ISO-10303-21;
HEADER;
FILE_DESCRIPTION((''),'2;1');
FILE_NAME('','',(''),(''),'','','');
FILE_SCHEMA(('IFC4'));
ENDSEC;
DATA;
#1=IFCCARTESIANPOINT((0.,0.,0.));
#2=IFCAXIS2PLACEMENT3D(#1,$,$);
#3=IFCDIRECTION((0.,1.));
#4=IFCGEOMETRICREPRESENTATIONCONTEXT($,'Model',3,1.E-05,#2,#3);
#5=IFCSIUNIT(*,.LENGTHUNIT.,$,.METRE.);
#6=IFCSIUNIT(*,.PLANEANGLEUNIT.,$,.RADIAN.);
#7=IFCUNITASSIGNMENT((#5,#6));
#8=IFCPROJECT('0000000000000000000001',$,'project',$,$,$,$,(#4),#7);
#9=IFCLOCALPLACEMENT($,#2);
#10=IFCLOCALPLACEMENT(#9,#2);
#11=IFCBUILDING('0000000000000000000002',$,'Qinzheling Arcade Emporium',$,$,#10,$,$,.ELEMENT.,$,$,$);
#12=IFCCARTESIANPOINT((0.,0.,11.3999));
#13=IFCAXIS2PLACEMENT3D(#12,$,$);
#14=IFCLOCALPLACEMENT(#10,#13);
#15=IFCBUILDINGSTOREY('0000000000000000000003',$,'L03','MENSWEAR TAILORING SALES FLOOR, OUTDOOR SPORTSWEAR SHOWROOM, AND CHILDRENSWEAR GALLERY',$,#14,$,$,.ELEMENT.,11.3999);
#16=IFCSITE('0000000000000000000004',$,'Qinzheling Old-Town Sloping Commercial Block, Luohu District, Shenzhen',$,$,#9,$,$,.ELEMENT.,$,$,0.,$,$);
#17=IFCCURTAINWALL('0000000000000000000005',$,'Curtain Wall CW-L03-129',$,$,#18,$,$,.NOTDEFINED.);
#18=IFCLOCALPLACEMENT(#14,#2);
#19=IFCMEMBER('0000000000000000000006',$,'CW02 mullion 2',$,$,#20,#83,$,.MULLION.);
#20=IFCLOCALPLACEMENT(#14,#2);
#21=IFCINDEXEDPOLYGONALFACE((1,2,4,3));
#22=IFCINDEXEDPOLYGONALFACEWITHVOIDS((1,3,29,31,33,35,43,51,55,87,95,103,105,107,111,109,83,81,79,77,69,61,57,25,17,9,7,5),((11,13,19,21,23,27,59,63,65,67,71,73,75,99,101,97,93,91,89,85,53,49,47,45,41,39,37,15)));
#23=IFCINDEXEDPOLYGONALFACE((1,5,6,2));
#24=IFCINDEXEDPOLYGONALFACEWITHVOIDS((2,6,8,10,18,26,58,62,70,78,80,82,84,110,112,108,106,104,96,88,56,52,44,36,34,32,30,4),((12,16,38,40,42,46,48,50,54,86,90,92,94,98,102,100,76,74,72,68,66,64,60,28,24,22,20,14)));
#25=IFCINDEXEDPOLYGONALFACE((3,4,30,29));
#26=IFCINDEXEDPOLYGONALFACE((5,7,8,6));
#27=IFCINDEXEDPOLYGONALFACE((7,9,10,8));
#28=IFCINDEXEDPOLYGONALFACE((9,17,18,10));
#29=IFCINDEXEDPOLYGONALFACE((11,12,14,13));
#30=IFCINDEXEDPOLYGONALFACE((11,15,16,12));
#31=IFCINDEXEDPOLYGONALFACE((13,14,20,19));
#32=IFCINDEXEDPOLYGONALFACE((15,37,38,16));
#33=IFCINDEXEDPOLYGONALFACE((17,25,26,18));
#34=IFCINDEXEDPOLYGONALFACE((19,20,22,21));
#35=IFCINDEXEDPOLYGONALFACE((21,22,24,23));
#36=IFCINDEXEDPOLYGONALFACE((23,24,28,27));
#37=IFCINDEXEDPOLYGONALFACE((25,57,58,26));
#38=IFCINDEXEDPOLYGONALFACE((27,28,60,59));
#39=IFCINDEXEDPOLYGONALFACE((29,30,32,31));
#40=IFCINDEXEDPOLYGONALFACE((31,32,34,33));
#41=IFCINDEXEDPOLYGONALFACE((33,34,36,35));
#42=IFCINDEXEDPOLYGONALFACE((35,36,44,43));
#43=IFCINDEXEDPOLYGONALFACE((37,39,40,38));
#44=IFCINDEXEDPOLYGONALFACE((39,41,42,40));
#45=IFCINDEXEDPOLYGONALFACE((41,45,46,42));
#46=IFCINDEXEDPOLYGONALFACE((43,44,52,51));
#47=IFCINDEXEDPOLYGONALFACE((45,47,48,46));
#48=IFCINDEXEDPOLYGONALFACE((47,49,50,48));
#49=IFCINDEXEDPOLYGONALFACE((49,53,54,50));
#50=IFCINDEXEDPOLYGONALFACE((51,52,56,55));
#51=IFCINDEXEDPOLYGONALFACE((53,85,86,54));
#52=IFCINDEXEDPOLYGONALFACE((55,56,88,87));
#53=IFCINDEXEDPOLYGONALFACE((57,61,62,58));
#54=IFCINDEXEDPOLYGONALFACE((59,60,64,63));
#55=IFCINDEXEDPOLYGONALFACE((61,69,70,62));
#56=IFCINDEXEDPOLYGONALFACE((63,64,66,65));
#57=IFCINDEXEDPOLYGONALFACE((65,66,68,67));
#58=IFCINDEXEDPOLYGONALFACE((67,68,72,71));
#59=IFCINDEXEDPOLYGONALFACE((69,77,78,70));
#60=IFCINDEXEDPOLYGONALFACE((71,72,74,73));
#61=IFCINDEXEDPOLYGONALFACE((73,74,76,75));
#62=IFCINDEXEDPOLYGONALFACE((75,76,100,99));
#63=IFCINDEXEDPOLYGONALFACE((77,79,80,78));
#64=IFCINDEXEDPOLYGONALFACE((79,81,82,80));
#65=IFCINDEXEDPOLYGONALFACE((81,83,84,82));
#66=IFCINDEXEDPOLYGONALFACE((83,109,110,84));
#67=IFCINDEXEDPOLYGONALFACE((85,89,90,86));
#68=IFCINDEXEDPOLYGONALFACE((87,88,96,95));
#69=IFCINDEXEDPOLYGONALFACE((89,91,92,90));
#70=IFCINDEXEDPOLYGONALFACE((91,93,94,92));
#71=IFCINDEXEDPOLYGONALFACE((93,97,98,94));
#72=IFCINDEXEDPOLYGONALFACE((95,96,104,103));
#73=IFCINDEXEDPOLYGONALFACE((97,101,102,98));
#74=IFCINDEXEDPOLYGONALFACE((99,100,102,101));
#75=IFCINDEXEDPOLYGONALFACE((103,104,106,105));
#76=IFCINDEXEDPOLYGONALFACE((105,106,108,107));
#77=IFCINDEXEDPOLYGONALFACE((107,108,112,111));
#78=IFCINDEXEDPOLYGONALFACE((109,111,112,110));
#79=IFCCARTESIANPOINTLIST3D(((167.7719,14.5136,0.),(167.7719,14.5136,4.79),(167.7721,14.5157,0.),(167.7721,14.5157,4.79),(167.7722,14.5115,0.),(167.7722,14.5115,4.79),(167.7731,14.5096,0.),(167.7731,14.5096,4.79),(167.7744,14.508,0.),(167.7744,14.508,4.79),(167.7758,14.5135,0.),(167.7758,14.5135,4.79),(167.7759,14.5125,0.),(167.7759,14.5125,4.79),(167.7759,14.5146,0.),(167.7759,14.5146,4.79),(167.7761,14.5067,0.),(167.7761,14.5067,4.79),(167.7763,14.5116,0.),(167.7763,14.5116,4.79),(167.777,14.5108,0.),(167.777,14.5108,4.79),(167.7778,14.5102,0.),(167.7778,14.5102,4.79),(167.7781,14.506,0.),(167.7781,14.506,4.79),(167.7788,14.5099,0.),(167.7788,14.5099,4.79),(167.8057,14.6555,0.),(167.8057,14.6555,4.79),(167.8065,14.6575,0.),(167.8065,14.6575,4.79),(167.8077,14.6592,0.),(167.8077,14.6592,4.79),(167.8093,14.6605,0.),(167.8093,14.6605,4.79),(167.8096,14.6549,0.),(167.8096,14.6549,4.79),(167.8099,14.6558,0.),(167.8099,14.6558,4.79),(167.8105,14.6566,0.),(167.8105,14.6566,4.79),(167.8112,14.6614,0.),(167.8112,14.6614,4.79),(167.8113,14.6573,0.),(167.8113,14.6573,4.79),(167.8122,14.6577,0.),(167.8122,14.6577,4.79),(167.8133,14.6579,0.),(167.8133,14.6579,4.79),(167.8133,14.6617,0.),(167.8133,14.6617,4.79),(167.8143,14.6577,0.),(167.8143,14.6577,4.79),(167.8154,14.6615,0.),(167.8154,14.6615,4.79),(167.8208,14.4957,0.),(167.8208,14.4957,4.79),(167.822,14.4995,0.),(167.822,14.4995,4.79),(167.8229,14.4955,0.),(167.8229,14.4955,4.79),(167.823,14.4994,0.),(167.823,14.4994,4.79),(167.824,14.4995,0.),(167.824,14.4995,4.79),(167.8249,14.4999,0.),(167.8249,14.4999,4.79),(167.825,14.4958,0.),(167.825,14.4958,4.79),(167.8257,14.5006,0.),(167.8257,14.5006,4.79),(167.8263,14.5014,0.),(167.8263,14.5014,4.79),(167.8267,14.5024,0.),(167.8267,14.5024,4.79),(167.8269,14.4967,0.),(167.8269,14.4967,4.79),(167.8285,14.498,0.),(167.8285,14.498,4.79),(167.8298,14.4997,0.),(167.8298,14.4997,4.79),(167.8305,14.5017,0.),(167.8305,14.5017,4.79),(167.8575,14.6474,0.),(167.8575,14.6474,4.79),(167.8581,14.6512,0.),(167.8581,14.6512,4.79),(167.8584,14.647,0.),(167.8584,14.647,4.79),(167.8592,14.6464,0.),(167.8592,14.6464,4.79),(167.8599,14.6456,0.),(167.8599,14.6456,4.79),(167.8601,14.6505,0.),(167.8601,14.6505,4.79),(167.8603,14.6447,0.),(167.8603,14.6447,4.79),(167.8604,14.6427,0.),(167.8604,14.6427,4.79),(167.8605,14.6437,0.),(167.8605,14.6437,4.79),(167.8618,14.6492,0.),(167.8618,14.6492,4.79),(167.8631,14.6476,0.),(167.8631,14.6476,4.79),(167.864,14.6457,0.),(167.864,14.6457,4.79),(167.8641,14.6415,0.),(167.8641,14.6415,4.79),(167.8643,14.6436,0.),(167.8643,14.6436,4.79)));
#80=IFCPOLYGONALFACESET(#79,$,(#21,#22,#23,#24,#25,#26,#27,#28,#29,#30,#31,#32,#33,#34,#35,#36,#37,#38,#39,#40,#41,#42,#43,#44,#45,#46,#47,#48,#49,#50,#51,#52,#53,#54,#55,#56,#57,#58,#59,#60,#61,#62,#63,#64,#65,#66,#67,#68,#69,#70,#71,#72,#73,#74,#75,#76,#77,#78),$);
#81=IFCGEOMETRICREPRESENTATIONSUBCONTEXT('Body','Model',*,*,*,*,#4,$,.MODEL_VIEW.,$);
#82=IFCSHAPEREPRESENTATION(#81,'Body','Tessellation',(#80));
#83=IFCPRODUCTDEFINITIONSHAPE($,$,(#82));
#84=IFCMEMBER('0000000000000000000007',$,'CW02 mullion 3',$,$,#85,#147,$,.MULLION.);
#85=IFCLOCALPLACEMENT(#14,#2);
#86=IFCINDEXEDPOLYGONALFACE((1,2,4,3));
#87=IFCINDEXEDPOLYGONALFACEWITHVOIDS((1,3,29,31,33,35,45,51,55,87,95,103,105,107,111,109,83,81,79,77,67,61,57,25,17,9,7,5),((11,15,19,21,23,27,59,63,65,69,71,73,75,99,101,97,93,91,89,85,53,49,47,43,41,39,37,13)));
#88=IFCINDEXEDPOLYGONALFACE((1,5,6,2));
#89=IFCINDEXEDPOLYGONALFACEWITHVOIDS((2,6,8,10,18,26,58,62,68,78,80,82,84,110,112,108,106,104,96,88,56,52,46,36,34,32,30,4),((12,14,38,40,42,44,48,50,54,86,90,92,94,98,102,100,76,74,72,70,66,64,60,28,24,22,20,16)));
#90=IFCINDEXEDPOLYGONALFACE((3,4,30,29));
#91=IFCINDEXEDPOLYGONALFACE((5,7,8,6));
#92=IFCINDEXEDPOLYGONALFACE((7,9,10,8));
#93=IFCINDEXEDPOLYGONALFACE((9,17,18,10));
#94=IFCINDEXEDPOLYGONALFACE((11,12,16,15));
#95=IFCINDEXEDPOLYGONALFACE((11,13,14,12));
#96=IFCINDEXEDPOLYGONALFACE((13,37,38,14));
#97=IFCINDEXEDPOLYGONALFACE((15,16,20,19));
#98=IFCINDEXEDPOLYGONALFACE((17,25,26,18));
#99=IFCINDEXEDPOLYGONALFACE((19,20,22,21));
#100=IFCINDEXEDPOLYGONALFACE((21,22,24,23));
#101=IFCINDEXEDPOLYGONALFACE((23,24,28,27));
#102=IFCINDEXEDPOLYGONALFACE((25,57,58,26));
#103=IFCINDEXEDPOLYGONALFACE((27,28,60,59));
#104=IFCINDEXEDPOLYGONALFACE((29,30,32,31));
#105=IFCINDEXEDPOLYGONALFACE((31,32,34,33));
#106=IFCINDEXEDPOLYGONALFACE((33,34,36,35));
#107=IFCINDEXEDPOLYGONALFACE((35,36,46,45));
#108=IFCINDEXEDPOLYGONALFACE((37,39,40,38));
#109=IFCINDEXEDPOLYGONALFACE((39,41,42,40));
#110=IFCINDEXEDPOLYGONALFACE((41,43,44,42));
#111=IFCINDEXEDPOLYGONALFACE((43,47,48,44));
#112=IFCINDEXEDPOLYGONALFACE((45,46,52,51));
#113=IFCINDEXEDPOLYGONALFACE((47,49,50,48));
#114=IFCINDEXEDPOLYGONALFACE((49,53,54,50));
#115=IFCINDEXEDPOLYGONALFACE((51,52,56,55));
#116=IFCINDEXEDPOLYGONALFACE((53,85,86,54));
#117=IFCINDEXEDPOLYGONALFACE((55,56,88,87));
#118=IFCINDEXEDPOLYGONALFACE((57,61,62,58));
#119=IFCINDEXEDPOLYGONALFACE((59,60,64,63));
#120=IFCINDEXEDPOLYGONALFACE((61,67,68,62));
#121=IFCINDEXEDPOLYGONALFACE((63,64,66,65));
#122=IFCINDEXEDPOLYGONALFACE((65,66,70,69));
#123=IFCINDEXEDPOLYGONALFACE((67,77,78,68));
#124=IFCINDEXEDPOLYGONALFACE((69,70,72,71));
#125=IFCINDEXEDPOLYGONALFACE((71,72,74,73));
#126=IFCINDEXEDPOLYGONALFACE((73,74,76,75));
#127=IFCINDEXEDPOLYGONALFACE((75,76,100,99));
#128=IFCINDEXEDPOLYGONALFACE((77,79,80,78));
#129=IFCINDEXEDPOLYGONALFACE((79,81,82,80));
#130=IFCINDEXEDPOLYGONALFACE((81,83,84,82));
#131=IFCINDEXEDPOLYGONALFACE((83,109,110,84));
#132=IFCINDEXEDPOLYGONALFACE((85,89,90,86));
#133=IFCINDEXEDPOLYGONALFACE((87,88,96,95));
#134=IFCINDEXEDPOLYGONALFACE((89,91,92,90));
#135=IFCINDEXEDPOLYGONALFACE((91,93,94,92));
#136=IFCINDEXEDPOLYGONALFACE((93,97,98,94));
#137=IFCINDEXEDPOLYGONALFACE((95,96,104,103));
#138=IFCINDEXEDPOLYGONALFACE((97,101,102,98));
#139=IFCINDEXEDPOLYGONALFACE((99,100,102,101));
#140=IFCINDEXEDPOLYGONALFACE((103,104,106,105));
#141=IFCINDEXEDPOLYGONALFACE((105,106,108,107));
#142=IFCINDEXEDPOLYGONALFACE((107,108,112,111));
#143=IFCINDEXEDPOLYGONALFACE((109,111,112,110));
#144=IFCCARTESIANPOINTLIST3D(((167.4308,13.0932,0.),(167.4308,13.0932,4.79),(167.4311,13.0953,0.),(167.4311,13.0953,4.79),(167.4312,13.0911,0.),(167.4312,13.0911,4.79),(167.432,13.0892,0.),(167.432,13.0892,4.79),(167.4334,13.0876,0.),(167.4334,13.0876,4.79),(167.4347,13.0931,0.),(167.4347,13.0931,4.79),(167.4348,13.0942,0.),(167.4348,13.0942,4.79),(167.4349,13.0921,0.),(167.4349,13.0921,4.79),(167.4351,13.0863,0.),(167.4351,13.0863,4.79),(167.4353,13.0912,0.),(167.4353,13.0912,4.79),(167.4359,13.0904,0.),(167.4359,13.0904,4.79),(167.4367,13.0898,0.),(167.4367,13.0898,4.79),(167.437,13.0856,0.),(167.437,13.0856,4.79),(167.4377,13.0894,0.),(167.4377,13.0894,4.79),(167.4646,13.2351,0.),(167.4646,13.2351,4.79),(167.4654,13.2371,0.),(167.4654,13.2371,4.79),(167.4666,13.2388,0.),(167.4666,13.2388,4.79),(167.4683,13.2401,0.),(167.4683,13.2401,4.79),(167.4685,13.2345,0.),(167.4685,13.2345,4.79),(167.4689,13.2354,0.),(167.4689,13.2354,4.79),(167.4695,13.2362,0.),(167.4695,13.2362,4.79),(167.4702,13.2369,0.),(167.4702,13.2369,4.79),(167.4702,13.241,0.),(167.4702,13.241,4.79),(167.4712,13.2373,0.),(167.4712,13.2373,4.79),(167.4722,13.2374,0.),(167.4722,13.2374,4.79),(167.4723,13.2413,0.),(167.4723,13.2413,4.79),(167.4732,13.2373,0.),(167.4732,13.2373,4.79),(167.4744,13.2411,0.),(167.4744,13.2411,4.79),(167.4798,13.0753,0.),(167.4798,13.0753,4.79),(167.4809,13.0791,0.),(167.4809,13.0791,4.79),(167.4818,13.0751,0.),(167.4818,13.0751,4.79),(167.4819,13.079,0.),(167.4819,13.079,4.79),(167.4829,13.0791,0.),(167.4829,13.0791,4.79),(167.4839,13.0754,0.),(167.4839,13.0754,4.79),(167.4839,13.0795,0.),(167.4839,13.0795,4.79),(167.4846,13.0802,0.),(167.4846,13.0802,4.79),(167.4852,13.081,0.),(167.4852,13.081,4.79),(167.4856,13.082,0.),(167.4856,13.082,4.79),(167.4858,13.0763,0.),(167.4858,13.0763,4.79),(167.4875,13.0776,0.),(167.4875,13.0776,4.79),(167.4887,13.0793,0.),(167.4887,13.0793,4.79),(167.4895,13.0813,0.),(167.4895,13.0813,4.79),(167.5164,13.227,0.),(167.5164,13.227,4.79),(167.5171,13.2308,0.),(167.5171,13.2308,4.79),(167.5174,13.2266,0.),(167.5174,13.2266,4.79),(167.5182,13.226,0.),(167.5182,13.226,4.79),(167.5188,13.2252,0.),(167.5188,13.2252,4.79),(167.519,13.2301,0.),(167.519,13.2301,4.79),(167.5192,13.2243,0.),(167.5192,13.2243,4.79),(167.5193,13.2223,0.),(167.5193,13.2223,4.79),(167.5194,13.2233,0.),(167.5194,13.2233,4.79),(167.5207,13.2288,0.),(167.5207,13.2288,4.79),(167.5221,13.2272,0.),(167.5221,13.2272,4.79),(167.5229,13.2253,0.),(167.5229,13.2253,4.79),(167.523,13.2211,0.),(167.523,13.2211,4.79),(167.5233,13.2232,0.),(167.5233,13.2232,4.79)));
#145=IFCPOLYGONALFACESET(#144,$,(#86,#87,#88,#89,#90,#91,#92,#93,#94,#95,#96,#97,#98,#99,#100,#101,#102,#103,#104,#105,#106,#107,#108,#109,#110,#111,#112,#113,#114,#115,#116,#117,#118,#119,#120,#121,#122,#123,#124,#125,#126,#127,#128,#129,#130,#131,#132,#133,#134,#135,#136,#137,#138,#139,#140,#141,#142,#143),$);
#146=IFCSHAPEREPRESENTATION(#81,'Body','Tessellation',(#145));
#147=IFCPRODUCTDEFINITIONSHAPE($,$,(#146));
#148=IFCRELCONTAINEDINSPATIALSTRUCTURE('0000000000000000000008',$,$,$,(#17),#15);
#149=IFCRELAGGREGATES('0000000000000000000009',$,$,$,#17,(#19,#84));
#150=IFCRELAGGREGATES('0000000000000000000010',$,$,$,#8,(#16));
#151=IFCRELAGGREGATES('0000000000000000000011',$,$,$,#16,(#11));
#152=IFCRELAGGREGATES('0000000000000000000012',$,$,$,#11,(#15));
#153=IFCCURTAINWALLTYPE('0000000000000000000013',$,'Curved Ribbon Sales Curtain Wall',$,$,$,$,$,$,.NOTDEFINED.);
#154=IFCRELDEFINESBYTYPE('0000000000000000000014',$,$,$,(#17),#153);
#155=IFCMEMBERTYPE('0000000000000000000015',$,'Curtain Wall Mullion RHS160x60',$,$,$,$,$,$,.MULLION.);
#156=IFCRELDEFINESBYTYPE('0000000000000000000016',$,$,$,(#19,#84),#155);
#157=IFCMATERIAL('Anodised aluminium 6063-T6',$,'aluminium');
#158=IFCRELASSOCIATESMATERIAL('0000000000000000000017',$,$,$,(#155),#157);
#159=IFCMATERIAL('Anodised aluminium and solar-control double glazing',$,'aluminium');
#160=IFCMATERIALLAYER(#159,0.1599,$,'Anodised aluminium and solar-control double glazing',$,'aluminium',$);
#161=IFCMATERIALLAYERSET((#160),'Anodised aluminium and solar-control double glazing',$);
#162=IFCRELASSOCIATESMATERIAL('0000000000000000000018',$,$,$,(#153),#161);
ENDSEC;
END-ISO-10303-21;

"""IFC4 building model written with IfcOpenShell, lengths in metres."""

from ifc_helpers import new_model, si_unit, direction, frame, origin, origin_2d, place, context, subcontext, project, spatial, hollow_rectangle, extrude, material, layer, layer_set, material_profile, profile_set, type_object, element, aggregate, save


model = new_model("IFC4")

# Units and contexts
model_context = context("Model", 3, precision=1e-05, world=origin(), true_north=direction((0.0, 1.0)))
body_context = subcontext(model_context, "Body", "Model", "MODEL_VIEW")
ifc_project = project(units=[si_unit("LENGTHUNIT", "METRE"), si_unit("PLANEANGLEUNIT", "RADIAN")], contexts=[model_context])

# Site, building, storey
site_placement = place(None, origin())
site = spatial("IfcSite", under=ifc_project, at=site_placement, Name="Qinzheling Old-Town Sloping Commercial Block, Luohu District, Shenzhen", CompositionType="ELEMENT", RefElevation=0.0)
building_placement = place(site_placement, origin())
building = spatial("IfcBuilding", under=site, at=building_placement, Name="Qinzheling Arcade Emporium", CompositionType="ELEMENT")
storey_placement = place(building_placement, frame((0.0, 0.0, 11.3999)))
storey = spatial("IfcBuildingStorey", under=building, at=storey_placement, Name="L03", Description="MENSWEAR TAILORING SALES FLOOR, OUTDOOR SPORTSWEAR SHOWROOM, AND CHILDRENSWEAR GALLERY", CompositionType="ELEMENT", Elevation=11.3999)

# Shared definitions
ifc_material_1 = material(Name="Anodised aluminium and solar-control double glazing", Category="aluminium")
ifc_material_2 = material(Name="Anodised aluminium 6063-T6", Category="aluminium")
ifc_material_profile_1 = material_profile(ifc_material_2, hollow_rectangle(XDim=0.0601, YDim=0.1599, WallThickness=0.0039, InnerFilletRadius=0.0039, OuterFilletRadius=0.0081, at=origin_2d()), Name="RHS 160x60x4", Category="aluminium")
ifc_profile_set_1 = profile_set([ifc_material_profile_1], Name="Anodised aluminium 6063-T6")
member_type_1 = type_object("IfcMemberType", Name="Curtain Wall Mullion RHS160x60", PredefinedType="MULLION", material=ifc_profile_set_1)

# Curtain wall, members
ifc_layer_1 = layer(ifc_material_1, 0.1599, Name="Anodised aluminium and solar-control double glazing", Category="aluminium")
ifc_layer_set_1 = layer_set([ifc_layer_1], Name="Anodised aluminium and solar-control double glazing")
curtain_wall_type_1 = type_object("IfcCurtainWallType", Name="Curved Ribbon Sales Curtain Wall", PredefinedType="NOTDEFINED", material=ifc_layer_set_1)
curtain_wall_1_placement = place(storey_placement, origin())
curtain_wall_1 = element("IfcCurtainWall", 1, at=curtain_wall_1_placement, inside=storey, type_object=curtain_wall_type_1, Name="Curtain Wall CW-L03-129", PredefinedType="NOTDEFINED")
member_1_placement = place(storey_placement, frame((167.8181, 14.5786, 0.0), z_axis=(0.0, 0.0, 1.0), x_axis=(0.972369, -0.233449, 0.0)))
member_1 = element("IfcMember", 2, at=member_1_placement, type_object=member_type_1, Name="CW02 mullion 2", PredefinedType="MULLION", context=body_context, shape_type="SweptSolid", body=[
    extrude(hollow_rectangle(XDim=0.0601, YDim=0.1599, WallThickness=0.0039, InnerFilletRadius=0.0039, OuterFilletRadius=0.0081, at=origin_2d()), origin(), (0.0, 0.0, 1.0), 4.79),
])
member_2_placement = place(storey_placement, frame((167.4771, 13.1582, 0.0), z_axis=(0.0, 0.0, 1.0), x_axis=(0.972369, -0.233449, 0.0)))
member_2 = element("IfcMember", 3, at=member_2_placement, type_object=member_type_1, Name="CW02 mullion 3", PredefinedType="MULLION", context=body_context, shape_type="SweptSolid", body=[
    extrude(hollow_rectangle(XDim=0.0601, YDim=0.1599, WallThickness=0.0039, InnerFilletRadius=0.0039, OuterFilletRadius=0.0081, at=origin_2d()), origin(), (0.0, 0.0, 1.0), 4.79),
])

aggregate(curtain_wall_1, [member_1, member_2])

save(model, "model.ifc")
